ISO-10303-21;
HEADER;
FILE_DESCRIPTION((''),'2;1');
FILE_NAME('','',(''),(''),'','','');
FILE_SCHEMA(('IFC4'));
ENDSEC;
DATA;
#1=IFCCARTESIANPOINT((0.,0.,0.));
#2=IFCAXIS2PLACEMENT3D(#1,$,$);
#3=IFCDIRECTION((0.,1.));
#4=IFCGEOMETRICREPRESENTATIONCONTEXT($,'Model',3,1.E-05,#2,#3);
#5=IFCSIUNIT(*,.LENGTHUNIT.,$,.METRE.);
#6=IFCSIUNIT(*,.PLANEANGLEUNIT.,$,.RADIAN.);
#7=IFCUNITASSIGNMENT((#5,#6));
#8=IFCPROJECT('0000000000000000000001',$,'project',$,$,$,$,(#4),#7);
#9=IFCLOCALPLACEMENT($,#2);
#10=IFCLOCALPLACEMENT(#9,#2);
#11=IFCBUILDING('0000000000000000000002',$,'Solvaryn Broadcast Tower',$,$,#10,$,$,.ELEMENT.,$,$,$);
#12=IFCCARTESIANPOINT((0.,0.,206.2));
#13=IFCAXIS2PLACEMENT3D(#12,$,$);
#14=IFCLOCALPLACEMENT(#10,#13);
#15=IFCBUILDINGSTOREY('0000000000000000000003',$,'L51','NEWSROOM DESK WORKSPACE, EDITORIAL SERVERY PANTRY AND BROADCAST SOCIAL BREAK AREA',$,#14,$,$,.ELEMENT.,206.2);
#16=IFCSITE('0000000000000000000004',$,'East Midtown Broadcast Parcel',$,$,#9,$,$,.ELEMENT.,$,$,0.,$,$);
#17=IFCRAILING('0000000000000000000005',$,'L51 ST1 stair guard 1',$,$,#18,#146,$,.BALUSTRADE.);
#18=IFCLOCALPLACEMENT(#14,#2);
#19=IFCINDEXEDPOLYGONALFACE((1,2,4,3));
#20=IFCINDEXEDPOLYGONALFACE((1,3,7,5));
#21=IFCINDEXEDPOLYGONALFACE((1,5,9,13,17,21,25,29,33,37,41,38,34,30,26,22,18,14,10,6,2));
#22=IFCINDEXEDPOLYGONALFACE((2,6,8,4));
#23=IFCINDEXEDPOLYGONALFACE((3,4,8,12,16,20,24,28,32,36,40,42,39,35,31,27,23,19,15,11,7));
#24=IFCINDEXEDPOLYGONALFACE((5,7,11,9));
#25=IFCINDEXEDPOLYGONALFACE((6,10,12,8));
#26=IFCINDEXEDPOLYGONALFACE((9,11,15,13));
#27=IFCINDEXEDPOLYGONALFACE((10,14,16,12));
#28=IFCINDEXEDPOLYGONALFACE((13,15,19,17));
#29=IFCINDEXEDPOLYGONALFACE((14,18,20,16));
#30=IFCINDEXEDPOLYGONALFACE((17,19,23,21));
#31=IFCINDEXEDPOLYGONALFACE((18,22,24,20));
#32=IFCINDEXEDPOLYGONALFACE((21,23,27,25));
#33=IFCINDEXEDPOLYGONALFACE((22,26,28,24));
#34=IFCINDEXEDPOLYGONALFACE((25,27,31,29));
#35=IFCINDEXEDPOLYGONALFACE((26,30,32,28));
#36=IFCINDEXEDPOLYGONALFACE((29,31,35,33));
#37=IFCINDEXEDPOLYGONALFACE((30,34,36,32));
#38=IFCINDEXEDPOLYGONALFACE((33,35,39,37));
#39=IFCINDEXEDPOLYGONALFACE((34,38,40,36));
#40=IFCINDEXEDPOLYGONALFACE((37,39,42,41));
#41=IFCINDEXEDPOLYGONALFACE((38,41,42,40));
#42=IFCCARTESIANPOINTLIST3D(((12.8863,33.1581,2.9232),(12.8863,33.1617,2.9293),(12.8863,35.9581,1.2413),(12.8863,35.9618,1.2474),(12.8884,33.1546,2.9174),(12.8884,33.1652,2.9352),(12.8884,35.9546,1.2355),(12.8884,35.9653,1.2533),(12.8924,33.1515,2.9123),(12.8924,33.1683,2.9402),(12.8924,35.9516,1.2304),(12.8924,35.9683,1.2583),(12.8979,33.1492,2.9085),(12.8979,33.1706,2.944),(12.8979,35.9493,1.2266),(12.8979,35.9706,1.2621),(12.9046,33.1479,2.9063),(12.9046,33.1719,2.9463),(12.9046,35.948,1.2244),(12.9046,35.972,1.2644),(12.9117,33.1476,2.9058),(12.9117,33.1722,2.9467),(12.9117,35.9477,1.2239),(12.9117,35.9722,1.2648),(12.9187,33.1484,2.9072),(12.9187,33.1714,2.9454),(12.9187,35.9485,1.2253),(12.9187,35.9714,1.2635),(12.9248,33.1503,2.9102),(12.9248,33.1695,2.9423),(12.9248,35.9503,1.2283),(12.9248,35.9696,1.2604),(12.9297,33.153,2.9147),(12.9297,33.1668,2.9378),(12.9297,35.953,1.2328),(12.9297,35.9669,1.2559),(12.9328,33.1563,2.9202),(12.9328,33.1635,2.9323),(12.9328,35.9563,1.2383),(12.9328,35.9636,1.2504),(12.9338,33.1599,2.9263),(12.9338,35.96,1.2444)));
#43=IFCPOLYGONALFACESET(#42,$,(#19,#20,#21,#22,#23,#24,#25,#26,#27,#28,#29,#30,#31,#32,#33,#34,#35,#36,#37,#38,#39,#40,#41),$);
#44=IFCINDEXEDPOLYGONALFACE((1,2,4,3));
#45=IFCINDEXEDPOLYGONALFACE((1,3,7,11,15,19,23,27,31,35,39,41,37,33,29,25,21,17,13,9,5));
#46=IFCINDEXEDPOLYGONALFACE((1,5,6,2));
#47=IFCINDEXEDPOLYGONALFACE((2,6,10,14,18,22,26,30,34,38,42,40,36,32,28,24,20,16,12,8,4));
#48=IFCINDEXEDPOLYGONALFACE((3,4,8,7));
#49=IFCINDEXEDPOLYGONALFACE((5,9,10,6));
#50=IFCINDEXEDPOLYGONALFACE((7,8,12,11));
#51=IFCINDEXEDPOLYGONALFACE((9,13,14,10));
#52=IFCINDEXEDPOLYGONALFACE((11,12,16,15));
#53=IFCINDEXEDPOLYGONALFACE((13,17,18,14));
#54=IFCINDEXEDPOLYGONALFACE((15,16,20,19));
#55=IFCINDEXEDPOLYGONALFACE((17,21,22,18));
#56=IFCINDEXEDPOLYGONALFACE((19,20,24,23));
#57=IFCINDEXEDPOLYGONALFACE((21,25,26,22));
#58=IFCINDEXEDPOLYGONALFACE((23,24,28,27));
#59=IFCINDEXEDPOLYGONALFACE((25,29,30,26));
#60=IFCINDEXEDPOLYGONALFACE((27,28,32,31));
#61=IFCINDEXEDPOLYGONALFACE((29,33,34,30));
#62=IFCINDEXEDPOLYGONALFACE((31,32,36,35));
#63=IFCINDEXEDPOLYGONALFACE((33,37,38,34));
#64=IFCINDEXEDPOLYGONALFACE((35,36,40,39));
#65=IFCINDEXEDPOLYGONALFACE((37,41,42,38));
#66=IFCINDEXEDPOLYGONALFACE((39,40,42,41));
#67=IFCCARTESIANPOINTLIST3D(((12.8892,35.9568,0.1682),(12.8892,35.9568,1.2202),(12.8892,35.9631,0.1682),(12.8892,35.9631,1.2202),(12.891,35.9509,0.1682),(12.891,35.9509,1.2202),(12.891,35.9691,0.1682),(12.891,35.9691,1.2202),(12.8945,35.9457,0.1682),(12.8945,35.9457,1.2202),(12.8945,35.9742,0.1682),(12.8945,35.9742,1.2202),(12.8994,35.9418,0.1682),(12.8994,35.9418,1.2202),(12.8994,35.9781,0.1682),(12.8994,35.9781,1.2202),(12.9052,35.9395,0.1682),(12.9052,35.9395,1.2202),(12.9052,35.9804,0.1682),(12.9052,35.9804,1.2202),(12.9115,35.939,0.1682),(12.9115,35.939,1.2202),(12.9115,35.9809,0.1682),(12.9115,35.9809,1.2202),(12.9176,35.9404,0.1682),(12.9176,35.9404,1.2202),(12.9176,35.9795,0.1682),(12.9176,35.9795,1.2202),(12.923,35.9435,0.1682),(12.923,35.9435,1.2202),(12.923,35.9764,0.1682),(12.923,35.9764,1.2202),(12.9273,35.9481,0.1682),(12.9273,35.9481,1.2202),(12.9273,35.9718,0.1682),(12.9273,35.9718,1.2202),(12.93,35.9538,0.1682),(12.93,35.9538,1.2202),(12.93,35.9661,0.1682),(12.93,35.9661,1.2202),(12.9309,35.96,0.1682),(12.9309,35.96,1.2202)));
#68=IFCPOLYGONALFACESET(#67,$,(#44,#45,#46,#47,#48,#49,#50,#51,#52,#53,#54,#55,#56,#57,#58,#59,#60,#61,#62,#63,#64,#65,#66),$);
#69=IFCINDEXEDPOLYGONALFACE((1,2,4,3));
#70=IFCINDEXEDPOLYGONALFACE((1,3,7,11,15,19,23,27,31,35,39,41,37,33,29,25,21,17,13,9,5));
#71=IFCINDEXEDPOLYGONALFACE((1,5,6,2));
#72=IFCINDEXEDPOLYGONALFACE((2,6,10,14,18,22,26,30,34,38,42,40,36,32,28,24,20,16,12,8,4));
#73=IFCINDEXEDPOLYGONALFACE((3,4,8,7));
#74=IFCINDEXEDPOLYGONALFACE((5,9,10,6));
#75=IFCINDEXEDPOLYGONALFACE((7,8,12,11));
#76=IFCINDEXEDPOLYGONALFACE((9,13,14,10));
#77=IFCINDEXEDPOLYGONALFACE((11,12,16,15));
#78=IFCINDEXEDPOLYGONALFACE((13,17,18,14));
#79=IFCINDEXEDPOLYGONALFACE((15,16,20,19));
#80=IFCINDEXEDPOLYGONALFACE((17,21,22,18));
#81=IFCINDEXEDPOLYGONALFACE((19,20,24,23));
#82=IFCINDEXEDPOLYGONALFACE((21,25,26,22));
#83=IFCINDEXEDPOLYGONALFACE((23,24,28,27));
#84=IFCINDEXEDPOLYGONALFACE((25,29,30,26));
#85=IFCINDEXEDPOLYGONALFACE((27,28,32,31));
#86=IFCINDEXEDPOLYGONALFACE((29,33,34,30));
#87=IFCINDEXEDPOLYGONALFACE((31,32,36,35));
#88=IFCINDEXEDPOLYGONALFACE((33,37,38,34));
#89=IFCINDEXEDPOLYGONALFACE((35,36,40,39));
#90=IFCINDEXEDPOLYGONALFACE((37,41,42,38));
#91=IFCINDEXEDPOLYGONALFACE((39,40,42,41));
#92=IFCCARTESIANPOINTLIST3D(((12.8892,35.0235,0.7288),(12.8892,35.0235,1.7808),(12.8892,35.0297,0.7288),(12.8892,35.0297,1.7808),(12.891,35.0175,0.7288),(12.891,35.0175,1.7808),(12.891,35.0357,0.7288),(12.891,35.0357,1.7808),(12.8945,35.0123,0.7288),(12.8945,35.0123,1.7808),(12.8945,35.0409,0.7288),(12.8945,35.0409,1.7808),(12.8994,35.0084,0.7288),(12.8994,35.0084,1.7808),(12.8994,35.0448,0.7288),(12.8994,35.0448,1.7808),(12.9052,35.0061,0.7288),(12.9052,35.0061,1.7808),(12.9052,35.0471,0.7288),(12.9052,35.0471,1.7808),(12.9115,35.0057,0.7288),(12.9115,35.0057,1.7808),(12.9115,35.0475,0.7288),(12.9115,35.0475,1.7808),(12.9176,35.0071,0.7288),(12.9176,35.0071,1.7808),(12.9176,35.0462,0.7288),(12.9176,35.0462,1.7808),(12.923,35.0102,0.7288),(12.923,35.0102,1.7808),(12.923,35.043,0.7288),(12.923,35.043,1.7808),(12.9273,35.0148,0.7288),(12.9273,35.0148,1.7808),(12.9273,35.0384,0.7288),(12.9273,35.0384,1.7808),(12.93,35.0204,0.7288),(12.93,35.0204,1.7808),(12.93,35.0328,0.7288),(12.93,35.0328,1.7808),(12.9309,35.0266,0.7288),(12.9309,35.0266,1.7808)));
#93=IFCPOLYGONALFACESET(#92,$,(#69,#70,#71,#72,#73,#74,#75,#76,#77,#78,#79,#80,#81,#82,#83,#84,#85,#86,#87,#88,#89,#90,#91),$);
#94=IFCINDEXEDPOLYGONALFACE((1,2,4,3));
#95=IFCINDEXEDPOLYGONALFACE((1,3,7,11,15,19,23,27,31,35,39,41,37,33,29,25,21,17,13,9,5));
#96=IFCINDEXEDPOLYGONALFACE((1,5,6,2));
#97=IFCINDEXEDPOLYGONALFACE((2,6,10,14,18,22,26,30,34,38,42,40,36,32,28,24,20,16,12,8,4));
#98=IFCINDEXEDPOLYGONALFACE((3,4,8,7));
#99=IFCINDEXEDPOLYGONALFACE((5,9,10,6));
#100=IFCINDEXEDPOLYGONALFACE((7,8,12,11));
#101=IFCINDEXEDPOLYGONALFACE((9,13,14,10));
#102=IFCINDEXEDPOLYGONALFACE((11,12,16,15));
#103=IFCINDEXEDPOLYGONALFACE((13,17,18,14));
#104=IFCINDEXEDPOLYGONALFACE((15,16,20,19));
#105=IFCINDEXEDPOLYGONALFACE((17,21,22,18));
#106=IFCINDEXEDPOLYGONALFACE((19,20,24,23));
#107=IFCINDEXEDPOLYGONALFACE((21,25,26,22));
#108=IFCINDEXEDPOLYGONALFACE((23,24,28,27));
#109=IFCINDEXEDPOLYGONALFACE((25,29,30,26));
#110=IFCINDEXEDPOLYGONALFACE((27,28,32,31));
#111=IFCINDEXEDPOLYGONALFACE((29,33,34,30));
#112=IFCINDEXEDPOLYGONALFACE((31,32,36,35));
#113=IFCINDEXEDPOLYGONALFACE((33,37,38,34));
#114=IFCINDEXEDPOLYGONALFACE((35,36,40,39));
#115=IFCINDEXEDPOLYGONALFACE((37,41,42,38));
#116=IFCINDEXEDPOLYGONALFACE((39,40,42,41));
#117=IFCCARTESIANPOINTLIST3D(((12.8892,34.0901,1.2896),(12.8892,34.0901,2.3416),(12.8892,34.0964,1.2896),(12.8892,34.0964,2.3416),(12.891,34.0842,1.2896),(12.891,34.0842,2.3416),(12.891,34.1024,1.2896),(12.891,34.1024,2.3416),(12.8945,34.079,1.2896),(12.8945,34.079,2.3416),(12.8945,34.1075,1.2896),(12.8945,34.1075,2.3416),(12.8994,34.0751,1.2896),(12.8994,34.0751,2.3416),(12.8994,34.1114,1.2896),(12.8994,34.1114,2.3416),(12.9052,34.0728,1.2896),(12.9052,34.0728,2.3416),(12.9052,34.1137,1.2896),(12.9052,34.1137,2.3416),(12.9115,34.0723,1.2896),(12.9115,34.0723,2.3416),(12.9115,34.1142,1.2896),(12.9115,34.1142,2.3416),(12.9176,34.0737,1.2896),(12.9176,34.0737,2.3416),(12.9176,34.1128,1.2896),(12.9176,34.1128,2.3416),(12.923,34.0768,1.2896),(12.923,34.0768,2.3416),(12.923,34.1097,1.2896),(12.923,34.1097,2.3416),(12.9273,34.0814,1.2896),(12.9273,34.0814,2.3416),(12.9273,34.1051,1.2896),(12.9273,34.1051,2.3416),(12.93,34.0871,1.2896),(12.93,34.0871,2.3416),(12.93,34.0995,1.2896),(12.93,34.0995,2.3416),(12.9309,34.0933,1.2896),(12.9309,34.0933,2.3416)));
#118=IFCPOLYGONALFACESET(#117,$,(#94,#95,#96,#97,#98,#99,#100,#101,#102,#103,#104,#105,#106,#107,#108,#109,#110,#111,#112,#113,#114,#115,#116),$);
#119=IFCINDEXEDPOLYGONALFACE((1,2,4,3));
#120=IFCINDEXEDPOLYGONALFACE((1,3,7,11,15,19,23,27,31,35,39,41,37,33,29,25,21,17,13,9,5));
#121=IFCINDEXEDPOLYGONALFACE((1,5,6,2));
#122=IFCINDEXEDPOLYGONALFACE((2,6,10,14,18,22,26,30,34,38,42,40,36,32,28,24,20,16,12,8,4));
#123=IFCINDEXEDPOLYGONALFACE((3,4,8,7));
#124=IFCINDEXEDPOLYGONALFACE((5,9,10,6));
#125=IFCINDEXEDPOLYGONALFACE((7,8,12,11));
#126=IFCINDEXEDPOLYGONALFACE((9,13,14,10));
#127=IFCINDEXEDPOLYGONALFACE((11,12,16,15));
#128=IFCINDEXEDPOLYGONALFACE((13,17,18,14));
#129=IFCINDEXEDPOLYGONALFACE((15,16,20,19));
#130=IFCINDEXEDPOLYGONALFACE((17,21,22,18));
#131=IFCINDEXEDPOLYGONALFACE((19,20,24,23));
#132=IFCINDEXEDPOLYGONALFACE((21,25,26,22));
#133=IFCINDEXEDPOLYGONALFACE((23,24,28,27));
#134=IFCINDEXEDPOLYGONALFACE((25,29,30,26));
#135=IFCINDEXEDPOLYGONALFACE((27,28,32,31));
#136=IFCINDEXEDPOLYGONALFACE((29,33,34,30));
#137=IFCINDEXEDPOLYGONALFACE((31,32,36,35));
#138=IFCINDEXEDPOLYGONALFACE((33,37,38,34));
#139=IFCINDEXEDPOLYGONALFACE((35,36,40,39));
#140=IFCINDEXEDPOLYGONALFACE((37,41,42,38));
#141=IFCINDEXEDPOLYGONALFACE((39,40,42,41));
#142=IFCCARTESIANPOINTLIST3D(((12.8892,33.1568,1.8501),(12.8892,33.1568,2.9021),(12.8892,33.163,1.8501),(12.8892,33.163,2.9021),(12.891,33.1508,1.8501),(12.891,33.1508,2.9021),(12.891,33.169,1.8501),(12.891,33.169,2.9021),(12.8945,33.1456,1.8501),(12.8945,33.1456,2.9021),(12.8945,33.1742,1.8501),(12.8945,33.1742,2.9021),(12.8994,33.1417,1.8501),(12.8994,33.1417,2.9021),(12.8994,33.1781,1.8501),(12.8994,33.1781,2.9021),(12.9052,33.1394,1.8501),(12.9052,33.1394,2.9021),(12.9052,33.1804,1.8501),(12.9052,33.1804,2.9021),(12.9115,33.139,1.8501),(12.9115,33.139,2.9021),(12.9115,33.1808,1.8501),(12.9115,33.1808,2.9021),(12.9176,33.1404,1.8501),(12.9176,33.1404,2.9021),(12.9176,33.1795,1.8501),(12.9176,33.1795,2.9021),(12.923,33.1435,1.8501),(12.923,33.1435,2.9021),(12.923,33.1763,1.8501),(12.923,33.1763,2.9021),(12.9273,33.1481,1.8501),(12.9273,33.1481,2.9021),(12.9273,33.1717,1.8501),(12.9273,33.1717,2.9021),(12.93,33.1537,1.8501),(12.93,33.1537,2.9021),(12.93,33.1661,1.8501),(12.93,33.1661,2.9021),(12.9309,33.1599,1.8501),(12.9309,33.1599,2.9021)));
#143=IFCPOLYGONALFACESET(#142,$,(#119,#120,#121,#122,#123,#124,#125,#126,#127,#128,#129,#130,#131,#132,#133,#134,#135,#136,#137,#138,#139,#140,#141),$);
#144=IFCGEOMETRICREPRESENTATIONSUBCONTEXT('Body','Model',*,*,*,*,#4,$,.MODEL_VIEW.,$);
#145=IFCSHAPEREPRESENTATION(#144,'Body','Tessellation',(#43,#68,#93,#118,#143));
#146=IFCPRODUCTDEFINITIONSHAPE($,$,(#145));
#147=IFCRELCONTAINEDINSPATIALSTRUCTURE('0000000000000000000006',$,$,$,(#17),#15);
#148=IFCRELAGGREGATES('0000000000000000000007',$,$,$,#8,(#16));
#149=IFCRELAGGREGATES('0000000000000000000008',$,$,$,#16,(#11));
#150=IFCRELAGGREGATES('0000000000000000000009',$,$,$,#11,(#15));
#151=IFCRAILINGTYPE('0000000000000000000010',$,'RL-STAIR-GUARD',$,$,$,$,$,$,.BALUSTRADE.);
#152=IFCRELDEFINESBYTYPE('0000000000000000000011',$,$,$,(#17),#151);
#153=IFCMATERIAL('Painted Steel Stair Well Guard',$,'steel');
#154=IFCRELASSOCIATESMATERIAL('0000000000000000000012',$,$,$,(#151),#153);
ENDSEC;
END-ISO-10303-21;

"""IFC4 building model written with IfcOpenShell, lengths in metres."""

from ifc_helpers import new_model, si_unit, direction, frame, origin, origin_2d, place, context, subcontext, project, spatial, circle, extrude, material, type_object, element, save


model = new_model("IFC4")

# Units and contexts
model_context = context("Model", 3, precision=1e-05, world=origin(), true_north=direction((0.0, 1.0)))
body_context = subcontext(model_context, "Body", "Model", "MODEL_VIEW")
ifc_project = project(units=[si_unit("LENGTHUNIT", "METRE"), si_unit("PLANEANGLEUNIT", "RADIAN")], contexts=[model_context])

# Site, building, storey
site_placement = place(None, origin())
site = spatial("IfcSite", under=ifc_project, at=site_placement, Name="East Midtown Broadcast Parcel", CompositionType="ELEMENT", RefElevation=0.0)
building_placement = place(site_placement, origin())
building = spatial("IfcBuilding", under=site, at=building_placement, Name="Solvaryn Broadcast Tower", CompositionType="ELEMENT")
storey_placement = place(building_placement, frame((0.0, 0.0, 206.2)))
storey = spatial("IfcBuildingStorey", under=building, at=storey_placement, Name="L51", Description="NEWSROOM DESK WORKSPACE, EDITORIAL SERVERY PANTRY AND BROADCAST SOCIAL BREAK AREA", CompositionType="ELEMENT", Elevation=206.2)

# Railing
ifc_material_1 = material(Name="Painted Steel Stair Well Guard", Category="steel")
railing_type_1 = type_object("IfcRailingType", Name="RL-STAIR-GUARD", PredefinedType="BALUSTRADE", material=ifc_material_1)
railing_1_placement = place(storey_placement, frame((12.9099, 35.96, 0.1682)))
element("IfcRailing", 1, at=railing_1_placement, inside=storey, type_object=railing_type_1, Name="L51 ST1 stair guard 1", PredefinedType="BALUSTRADE", context=body_context, shape_type="SweptSolid", body=[
    extrude(circle(Radius=0.0239, at=origin_2d()), frame((0.0, 0.0, 1.0762), z_axis=(0.0, -0.857242, 0.514913), x_axis=(1.0, 0.0, 0.0)), (0.0, 0.0, 1.0), 3.2664),
    extrude(circle(Radius=0.021, at=origin_2d()), origin(), (0.0, 0.0, 1.0), 1.052),
    extrude(circle(Radius=0.021, at=origin_2d()), frame((0.0, -0.9333, 0.5605)), (0.0, 0.0, 1.0), 1.052),
    extrude(circle(Radius=0.021, at=origin_2d()), frame((0.0, -1.8667, 1.1213)), (0.0, 0.0, 1.0), 1.052),
    extrude(circle(Radius=0.021, at=origin_2d()), frame((0.0, -2.8, 1.6819)), (0.0, 0.0, 1.0), 1.052),
])

save(model, "model.ifc")
